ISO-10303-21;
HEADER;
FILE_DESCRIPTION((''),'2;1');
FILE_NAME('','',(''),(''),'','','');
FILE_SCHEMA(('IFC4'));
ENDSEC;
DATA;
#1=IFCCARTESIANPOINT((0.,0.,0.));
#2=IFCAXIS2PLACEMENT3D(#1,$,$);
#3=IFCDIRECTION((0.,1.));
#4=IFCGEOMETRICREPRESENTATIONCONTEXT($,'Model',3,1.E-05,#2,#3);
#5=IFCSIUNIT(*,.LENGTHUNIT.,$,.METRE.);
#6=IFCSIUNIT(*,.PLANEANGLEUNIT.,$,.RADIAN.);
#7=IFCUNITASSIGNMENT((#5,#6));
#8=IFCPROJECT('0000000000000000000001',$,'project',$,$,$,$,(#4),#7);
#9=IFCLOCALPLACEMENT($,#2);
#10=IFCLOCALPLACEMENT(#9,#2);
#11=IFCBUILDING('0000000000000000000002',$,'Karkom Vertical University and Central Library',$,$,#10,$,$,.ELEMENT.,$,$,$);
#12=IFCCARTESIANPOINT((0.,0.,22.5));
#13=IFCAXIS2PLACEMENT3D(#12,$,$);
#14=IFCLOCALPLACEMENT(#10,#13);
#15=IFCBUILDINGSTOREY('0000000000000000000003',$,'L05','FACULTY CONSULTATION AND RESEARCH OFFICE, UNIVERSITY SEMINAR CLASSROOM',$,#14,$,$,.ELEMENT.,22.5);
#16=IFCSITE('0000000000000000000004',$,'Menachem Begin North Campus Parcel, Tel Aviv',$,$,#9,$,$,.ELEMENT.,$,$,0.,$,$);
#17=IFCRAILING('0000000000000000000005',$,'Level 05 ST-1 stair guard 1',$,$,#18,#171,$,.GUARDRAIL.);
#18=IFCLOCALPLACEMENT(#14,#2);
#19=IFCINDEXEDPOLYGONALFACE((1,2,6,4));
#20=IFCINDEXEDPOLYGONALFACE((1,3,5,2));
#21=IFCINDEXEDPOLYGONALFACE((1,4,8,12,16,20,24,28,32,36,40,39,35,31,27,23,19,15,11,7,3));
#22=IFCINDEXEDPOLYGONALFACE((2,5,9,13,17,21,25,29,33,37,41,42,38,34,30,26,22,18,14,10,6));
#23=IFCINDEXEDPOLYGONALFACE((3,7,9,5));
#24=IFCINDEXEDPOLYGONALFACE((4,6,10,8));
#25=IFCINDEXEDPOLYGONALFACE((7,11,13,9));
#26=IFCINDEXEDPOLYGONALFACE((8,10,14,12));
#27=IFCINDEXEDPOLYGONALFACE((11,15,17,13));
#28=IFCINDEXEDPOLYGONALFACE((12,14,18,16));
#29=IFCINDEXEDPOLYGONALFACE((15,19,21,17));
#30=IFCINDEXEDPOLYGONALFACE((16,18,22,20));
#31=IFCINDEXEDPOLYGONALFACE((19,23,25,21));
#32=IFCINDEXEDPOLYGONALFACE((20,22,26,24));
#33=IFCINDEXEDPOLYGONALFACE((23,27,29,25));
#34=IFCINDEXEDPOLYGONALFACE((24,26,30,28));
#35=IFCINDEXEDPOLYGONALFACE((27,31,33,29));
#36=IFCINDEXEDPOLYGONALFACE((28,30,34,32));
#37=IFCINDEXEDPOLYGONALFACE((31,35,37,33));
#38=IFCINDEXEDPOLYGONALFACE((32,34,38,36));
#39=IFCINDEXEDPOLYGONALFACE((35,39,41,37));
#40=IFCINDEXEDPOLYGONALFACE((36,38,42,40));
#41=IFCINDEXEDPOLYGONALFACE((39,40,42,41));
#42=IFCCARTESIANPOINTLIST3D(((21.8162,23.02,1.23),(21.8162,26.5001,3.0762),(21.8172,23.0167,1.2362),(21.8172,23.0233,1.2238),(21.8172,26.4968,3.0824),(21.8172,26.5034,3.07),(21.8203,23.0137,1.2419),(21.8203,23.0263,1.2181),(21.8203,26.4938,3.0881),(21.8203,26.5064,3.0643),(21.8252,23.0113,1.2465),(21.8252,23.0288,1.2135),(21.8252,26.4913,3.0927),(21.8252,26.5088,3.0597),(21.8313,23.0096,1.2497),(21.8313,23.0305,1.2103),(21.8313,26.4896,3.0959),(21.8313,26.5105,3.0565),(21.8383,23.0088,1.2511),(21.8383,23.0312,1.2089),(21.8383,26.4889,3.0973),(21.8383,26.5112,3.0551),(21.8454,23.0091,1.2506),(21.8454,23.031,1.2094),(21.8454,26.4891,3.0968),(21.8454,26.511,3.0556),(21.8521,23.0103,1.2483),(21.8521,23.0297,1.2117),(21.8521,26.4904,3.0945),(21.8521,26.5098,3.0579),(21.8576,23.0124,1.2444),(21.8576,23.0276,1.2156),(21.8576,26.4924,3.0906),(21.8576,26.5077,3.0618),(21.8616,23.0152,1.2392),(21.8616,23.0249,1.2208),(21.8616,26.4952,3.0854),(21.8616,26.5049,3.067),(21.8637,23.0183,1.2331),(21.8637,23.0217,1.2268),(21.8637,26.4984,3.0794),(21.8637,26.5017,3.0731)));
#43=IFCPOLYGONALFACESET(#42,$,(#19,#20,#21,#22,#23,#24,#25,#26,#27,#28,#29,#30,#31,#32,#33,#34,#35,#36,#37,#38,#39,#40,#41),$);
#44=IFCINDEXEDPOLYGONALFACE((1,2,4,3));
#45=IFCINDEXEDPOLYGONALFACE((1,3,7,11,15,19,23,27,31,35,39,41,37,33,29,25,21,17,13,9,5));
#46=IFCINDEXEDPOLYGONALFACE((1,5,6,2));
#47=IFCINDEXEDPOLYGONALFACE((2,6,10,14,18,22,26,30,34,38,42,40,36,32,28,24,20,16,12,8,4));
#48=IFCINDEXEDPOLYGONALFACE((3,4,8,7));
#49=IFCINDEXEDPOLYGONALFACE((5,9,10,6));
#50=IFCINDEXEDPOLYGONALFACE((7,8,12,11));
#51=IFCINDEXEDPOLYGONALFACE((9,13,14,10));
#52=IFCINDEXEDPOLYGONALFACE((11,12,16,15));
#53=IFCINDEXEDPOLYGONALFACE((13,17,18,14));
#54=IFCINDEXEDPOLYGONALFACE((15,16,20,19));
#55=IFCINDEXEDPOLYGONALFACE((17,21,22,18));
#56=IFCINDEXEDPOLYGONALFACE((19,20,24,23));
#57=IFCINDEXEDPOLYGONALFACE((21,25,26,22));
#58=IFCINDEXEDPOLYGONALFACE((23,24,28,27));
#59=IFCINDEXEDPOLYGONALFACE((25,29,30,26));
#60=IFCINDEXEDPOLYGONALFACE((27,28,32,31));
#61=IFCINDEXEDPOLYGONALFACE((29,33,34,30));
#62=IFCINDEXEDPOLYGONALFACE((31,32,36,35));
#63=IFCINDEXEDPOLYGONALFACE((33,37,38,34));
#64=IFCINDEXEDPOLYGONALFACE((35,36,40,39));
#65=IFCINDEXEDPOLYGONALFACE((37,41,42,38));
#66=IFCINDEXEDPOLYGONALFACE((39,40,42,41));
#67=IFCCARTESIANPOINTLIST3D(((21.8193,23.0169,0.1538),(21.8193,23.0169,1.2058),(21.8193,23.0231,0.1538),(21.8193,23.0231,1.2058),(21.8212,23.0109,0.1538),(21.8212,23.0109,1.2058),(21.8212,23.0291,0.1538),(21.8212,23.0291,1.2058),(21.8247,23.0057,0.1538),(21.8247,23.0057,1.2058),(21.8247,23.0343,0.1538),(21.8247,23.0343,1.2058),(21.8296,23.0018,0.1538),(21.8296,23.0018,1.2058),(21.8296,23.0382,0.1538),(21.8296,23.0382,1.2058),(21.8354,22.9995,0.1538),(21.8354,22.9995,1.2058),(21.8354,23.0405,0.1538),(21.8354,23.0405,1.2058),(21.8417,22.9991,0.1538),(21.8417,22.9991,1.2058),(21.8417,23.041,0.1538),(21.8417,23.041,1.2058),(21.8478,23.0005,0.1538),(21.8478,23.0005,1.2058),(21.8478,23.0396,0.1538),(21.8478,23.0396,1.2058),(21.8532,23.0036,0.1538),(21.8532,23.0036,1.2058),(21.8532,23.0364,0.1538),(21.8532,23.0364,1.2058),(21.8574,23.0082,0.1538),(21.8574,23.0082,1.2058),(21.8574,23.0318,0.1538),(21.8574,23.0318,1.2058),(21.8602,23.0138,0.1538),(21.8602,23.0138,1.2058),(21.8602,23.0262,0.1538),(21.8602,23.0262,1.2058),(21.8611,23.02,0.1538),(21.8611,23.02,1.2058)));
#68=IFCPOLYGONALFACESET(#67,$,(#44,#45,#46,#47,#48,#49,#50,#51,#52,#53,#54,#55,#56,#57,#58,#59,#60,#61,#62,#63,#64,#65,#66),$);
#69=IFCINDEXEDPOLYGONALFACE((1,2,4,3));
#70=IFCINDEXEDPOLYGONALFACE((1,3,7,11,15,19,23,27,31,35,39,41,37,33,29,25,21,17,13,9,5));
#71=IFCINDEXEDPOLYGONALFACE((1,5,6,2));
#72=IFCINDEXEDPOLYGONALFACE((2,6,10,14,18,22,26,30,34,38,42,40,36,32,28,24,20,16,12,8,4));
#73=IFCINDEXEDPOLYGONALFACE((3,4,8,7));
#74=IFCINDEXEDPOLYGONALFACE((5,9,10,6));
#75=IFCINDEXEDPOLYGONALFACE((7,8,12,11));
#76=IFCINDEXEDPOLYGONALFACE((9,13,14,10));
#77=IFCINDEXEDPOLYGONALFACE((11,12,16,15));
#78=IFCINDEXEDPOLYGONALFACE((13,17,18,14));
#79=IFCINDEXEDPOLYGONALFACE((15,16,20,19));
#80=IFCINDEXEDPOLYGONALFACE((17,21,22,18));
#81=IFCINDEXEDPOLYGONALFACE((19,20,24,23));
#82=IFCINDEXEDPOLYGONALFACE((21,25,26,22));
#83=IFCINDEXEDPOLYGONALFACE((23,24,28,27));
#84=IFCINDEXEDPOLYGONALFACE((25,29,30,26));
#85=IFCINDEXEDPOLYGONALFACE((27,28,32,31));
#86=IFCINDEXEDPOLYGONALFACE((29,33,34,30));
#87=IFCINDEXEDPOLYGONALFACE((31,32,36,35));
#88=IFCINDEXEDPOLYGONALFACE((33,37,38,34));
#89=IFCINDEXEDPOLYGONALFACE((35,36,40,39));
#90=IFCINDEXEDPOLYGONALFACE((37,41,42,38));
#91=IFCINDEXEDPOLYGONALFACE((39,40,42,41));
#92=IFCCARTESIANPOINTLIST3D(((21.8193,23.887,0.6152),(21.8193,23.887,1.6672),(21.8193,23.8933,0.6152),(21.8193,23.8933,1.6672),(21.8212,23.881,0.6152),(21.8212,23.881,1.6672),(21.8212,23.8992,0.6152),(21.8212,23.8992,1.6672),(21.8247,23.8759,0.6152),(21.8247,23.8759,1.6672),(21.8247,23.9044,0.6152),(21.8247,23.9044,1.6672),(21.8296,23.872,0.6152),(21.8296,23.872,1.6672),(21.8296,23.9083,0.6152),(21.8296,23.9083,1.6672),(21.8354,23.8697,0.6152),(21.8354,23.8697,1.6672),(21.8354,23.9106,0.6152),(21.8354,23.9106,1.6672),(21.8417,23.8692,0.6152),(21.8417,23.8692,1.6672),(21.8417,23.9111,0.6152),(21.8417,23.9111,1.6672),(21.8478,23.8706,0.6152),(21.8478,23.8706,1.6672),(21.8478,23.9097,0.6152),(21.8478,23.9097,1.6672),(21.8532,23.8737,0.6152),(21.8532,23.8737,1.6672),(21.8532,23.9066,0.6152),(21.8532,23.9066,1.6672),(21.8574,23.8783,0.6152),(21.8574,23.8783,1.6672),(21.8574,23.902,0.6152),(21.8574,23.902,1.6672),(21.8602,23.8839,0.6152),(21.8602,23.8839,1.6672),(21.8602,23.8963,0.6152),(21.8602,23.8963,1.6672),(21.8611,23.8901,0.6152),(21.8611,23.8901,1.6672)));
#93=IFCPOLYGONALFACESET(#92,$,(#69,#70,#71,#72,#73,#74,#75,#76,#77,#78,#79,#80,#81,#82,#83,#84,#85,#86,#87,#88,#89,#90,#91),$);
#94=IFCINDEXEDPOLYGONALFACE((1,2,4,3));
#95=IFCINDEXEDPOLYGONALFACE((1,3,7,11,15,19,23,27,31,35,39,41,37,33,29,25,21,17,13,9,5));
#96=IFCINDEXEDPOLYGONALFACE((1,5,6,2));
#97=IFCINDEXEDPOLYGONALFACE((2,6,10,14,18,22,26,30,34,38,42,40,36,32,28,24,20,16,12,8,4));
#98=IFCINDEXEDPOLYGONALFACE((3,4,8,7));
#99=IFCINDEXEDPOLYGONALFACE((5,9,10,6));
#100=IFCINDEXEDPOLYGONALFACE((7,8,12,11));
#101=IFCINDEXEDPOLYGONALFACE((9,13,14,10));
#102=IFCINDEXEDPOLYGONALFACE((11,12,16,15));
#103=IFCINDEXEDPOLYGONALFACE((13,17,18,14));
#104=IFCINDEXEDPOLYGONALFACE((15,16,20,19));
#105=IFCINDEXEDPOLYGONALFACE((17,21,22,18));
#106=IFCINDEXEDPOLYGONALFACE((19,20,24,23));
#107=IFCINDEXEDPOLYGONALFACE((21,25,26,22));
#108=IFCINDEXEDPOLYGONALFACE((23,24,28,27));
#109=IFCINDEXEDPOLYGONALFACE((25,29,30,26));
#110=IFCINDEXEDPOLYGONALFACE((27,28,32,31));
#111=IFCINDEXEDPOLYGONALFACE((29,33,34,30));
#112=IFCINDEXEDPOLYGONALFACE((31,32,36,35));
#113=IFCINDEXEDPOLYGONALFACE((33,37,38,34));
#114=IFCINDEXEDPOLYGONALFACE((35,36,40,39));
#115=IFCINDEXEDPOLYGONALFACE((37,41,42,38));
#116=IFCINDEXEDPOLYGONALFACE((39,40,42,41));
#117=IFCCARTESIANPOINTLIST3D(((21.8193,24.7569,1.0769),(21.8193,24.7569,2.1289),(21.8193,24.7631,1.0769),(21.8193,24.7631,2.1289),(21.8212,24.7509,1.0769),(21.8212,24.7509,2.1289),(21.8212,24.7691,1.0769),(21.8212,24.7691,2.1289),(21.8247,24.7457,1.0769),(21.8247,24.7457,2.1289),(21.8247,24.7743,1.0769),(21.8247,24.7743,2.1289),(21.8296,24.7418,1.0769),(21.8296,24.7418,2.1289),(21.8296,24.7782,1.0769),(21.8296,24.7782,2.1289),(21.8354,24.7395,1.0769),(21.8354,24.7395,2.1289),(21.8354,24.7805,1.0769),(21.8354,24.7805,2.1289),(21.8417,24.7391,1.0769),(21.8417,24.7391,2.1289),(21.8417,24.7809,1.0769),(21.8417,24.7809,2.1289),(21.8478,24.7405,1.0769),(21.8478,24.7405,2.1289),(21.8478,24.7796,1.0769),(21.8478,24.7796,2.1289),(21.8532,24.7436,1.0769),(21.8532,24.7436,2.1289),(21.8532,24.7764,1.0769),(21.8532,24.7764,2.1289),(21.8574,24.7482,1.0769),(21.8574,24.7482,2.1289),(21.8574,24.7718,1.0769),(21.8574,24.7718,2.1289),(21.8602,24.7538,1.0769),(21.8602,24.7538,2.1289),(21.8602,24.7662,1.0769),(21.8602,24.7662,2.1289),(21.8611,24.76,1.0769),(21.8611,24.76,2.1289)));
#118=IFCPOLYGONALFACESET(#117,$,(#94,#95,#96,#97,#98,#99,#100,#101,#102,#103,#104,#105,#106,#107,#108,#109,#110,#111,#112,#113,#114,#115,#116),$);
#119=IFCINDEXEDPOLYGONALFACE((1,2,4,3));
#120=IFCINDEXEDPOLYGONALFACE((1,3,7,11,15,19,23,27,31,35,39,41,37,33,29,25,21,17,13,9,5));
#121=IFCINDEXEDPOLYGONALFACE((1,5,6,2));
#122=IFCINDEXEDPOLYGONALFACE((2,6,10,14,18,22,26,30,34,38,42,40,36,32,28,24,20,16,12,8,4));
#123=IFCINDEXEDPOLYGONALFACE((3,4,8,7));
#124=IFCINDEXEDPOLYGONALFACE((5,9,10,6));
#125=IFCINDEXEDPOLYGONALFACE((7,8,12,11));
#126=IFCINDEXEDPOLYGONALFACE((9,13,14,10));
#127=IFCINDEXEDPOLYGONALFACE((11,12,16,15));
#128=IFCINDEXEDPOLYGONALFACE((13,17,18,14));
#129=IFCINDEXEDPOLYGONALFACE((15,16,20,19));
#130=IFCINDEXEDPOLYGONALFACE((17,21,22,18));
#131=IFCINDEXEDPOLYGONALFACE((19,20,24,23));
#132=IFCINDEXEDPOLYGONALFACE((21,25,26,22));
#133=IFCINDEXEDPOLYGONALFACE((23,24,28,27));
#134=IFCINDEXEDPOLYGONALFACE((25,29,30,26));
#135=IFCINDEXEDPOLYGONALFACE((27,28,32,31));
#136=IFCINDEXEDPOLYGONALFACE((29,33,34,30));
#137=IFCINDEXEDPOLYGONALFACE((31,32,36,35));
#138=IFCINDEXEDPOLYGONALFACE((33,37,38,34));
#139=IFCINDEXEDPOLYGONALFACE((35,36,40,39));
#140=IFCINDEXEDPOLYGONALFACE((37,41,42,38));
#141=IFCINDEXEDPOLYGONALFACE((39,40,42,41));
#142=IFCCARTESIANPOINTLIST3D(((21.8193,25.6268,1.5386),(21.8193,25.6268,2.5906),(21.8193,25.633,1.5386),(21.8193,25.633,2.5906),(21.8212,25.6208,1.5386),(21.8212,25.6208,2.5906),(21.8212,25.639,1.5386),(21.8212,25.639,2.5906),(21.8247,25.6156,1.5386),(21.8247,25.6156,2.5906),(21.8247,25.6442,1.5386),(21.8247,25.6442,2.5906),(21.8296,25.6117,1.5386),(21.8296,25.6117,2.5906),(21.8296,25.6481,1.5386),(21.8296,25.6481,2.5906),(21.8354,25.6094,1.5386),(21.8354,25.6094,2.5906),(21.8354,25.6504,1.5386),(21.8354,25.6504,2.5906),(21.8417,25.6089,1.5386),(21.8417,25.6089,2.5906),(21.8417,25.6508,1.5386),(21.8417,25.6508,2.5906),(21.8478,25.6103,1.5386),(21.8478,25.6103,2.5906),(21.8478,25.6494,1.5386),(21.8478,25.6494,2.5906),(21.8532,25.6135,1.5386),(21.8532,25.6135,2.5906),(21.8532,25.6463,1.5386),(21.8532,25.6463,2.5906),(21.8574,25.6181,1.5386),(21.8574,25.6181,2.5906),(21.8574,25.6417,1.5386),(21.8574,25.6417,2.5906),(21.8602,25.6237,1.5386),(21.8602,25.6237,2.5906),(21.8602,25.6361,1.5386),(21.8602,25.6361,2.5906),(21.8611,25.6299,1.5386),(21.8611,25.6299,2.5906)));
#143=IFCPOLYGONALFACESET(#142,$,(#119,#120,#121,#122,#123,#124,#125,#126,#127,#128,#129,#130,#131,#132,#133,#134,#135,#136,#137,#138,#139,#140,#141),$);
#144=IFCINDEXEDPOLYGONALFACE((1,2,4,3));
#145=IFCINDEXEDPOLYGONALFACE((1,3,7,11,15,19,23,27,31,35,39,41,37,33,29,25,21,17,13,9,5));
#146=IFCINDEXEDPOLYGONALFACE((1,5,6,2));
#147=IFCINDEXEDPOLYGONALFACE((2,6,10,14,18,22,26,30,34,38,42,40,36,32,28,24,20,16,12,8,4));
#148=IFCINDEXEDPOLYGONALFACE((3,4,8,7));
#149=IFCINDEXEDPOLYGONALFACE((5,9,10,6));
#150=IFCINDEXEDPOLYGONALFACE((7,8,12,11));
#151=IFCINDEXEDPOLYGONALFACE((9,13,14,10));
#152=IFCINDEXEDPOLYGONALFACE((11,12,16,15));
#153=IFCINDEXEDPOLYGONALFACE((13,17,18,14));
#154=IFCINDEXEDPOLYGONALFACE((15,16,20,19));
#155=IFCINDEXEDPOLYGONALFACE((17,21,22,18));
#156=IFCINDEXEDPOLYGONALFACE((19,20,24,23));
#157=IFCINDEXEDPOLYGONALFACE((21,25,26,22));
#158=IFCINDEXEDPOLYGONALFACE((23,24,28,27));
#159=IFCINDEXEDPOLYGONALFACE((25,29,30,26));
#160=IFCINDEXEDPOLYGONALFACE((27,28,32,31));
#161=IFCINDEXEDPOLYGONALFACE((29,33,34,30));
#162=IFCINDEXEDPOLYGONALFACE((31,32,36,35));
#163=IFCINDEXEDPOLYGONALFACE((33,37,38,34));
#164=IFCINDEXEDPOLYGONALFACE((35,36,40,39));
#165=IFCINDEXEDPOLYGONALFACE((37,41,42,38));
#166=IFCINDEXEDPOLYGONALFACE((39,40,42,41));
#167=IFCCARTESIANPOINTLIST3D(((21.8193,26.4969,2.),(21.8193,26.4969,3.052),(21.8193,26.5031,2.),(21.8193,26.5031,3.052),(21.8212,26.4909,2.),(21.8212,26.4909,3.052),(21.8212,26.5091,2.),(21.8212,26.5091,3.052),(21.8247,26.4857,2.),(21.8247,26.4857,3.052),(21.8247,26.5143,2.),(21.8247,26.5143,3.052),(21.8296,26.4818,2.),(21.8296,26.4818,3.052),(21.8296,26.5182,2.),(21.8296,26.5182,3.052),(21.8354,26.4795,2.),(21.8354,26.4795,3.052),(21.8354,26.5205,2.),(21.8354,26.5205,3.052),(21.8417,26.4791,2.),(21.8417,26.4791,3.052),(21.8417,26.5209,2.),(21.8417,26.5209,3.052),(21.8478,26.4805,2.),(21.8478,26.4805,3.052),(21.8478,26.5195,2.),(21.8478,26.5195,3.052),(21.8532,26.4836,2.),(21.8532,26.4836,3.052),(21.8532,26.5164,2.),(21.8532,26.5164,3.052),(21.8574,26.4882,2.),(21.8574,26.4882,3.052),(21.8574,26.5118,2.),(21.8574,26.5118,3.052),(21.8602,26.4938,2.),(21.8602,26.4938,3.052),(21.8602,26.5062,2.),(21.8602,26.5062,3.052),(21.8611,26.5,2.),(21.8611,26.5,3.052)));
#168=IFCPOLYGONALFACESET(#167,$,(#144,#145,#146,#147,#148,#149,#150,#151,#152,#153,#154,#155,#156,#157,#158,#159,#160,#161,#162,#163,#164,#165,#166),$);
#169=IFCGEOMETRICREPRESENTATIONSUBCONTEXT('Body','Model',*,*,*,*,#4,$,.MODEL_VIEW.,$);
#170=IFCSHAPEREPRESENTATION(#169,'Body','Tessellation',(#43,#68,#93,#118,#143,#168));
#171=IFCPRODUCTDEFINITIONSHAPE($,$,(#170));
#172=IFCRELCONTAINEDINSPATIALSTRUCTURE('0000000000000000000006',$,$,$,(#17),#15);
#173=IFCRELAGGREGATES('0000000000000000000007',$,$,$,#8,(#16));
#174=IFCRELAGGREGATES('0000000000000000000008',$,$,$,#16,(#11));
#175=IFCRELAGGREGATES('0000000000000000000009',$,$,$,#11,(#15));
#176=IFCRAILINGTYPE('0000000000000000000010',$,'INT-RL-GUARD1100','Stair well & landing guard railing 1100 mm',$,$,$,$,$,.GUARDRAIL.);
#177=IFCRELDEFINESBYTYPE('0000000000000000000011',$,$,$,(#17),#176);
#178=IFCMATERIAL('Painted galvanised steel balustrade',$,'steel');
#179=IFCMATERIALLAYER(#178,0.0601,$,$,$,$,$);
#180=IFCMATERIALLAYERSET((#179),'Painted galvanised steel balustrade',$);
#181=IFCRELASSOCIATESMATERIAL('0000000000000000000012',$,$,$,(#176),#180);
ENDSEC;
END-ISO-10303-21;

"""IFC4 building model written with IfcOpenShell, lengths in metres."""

from ifc_helpers import new_model, si_unit, direction, frame, origin, origin_2d, place, context, subcontext, project, spatial, circle, extrude, material, layer, layer_set, type_object, element, save


model = new_model("IFC4")

# Units and contexts
model_context = context("Model", 3, precision=1e-05, world=origin(), true_north=direction((0.0, 1.0)))
body_context = subcontext(model_context, "Body", "Model", "MODEL_VIEW")
ifc_project = project(units=[si_unit("LENGTHUNIT", "METRE"), si_unit("PLANEANGLEUNIT", "RADIAN")], contexts=[model_context])

# Site, building, storey
site_placement = place(None, origin())
site = spatial("IfcSite", under=ifc_project, at=site_placement, Name="Menachem Begin North Campus Parcel, Tel Aviv", CompositionType="ELEMENT", RefElevation=0.0)
building_placement = place(site_placement, origin())
building = spatial("IfcBuilding", under=site, at=building_placement, Name="Karkom Vertical University and Central Library", CompositionType="ELEMENT")
storey_placement = place(building_placement, frame((0.0, 0.0, 22.5)))
storey = spatial("IfcBuildingStorey", under=building, at=storey_placement, Name="L05", Description="FACULTY CONSULTATION AND RESEARCH OFFICE, UNIVERSITY SEMINAR CLASSROOM", CompositionType="ELEMENT", Elevation=22.5)

# Railing
ifc_material_1 = material(Name="Painted galvanised steel balustrade", Category="steel")
ifc_layer_1 = layer(ifc_material_1, 0.0601)
ifc_layer_set_1 = layer_set([ifc_layer_1], Name="Painted galvanised steel balustrade")
railing_type_1 = type_object("IfcRailingType", Name="INT-RL-GUARD1100", Description="Stair well & landing guard railing 1100 mm", PredefinedType="GUARDRAIL", material=ifc_layer_set_1)
railing_1_placement = place(storey_placement, frame((21.8401, 23.02, 0.1538)))
element("IfcRailing", 1, at=railing_1_placement, inside=storey, type_object=railing_type_1, Name="Level 05 ST-1 stair guard 1", PredefinedType="GUARDRAIL", context=body_context, shape_type="SweptSolid", body=[
    extrude(circle(Radius=0.0239, at=origin_2d()), frame((0.0, 0.0, 1.0762), z_axis=(0.0, 0.883384, 0.468651), x_axis=(-1.0, 0.0, 0.0)), (0.0, 0.0, 1.0), 3.9395),
    extrude(circle(Radius=0.021, at=origin_2d()), origin(), (0.0, 0.0, 1.0), 1.052),
    extrude(circle(Radius=0.021, at=origin_2d()), frame((0.0, 0.8701, 0.4614)), (0.0, 0.0, 1.0), 1.052),
    extrude(circle(Radius=0.021, at=origin_2d()), frame((0.0, 1.74, 0.9231)), (0.0, 0.0, 1.0), 1.052),
    extrude(circle(Radius=0.021, at=origin_2d()), frame((0.0, 2.6099, 1.3848)), (0.0, 0.0, 1.0), 1.052),
    extrude(circle(Radius=0.021, at=origin_2d()), frame((0.0, 3.48, 1.8462)), (0.0, 0.0, 1.0), 1.052),
])

save(model, "model.ifc")
